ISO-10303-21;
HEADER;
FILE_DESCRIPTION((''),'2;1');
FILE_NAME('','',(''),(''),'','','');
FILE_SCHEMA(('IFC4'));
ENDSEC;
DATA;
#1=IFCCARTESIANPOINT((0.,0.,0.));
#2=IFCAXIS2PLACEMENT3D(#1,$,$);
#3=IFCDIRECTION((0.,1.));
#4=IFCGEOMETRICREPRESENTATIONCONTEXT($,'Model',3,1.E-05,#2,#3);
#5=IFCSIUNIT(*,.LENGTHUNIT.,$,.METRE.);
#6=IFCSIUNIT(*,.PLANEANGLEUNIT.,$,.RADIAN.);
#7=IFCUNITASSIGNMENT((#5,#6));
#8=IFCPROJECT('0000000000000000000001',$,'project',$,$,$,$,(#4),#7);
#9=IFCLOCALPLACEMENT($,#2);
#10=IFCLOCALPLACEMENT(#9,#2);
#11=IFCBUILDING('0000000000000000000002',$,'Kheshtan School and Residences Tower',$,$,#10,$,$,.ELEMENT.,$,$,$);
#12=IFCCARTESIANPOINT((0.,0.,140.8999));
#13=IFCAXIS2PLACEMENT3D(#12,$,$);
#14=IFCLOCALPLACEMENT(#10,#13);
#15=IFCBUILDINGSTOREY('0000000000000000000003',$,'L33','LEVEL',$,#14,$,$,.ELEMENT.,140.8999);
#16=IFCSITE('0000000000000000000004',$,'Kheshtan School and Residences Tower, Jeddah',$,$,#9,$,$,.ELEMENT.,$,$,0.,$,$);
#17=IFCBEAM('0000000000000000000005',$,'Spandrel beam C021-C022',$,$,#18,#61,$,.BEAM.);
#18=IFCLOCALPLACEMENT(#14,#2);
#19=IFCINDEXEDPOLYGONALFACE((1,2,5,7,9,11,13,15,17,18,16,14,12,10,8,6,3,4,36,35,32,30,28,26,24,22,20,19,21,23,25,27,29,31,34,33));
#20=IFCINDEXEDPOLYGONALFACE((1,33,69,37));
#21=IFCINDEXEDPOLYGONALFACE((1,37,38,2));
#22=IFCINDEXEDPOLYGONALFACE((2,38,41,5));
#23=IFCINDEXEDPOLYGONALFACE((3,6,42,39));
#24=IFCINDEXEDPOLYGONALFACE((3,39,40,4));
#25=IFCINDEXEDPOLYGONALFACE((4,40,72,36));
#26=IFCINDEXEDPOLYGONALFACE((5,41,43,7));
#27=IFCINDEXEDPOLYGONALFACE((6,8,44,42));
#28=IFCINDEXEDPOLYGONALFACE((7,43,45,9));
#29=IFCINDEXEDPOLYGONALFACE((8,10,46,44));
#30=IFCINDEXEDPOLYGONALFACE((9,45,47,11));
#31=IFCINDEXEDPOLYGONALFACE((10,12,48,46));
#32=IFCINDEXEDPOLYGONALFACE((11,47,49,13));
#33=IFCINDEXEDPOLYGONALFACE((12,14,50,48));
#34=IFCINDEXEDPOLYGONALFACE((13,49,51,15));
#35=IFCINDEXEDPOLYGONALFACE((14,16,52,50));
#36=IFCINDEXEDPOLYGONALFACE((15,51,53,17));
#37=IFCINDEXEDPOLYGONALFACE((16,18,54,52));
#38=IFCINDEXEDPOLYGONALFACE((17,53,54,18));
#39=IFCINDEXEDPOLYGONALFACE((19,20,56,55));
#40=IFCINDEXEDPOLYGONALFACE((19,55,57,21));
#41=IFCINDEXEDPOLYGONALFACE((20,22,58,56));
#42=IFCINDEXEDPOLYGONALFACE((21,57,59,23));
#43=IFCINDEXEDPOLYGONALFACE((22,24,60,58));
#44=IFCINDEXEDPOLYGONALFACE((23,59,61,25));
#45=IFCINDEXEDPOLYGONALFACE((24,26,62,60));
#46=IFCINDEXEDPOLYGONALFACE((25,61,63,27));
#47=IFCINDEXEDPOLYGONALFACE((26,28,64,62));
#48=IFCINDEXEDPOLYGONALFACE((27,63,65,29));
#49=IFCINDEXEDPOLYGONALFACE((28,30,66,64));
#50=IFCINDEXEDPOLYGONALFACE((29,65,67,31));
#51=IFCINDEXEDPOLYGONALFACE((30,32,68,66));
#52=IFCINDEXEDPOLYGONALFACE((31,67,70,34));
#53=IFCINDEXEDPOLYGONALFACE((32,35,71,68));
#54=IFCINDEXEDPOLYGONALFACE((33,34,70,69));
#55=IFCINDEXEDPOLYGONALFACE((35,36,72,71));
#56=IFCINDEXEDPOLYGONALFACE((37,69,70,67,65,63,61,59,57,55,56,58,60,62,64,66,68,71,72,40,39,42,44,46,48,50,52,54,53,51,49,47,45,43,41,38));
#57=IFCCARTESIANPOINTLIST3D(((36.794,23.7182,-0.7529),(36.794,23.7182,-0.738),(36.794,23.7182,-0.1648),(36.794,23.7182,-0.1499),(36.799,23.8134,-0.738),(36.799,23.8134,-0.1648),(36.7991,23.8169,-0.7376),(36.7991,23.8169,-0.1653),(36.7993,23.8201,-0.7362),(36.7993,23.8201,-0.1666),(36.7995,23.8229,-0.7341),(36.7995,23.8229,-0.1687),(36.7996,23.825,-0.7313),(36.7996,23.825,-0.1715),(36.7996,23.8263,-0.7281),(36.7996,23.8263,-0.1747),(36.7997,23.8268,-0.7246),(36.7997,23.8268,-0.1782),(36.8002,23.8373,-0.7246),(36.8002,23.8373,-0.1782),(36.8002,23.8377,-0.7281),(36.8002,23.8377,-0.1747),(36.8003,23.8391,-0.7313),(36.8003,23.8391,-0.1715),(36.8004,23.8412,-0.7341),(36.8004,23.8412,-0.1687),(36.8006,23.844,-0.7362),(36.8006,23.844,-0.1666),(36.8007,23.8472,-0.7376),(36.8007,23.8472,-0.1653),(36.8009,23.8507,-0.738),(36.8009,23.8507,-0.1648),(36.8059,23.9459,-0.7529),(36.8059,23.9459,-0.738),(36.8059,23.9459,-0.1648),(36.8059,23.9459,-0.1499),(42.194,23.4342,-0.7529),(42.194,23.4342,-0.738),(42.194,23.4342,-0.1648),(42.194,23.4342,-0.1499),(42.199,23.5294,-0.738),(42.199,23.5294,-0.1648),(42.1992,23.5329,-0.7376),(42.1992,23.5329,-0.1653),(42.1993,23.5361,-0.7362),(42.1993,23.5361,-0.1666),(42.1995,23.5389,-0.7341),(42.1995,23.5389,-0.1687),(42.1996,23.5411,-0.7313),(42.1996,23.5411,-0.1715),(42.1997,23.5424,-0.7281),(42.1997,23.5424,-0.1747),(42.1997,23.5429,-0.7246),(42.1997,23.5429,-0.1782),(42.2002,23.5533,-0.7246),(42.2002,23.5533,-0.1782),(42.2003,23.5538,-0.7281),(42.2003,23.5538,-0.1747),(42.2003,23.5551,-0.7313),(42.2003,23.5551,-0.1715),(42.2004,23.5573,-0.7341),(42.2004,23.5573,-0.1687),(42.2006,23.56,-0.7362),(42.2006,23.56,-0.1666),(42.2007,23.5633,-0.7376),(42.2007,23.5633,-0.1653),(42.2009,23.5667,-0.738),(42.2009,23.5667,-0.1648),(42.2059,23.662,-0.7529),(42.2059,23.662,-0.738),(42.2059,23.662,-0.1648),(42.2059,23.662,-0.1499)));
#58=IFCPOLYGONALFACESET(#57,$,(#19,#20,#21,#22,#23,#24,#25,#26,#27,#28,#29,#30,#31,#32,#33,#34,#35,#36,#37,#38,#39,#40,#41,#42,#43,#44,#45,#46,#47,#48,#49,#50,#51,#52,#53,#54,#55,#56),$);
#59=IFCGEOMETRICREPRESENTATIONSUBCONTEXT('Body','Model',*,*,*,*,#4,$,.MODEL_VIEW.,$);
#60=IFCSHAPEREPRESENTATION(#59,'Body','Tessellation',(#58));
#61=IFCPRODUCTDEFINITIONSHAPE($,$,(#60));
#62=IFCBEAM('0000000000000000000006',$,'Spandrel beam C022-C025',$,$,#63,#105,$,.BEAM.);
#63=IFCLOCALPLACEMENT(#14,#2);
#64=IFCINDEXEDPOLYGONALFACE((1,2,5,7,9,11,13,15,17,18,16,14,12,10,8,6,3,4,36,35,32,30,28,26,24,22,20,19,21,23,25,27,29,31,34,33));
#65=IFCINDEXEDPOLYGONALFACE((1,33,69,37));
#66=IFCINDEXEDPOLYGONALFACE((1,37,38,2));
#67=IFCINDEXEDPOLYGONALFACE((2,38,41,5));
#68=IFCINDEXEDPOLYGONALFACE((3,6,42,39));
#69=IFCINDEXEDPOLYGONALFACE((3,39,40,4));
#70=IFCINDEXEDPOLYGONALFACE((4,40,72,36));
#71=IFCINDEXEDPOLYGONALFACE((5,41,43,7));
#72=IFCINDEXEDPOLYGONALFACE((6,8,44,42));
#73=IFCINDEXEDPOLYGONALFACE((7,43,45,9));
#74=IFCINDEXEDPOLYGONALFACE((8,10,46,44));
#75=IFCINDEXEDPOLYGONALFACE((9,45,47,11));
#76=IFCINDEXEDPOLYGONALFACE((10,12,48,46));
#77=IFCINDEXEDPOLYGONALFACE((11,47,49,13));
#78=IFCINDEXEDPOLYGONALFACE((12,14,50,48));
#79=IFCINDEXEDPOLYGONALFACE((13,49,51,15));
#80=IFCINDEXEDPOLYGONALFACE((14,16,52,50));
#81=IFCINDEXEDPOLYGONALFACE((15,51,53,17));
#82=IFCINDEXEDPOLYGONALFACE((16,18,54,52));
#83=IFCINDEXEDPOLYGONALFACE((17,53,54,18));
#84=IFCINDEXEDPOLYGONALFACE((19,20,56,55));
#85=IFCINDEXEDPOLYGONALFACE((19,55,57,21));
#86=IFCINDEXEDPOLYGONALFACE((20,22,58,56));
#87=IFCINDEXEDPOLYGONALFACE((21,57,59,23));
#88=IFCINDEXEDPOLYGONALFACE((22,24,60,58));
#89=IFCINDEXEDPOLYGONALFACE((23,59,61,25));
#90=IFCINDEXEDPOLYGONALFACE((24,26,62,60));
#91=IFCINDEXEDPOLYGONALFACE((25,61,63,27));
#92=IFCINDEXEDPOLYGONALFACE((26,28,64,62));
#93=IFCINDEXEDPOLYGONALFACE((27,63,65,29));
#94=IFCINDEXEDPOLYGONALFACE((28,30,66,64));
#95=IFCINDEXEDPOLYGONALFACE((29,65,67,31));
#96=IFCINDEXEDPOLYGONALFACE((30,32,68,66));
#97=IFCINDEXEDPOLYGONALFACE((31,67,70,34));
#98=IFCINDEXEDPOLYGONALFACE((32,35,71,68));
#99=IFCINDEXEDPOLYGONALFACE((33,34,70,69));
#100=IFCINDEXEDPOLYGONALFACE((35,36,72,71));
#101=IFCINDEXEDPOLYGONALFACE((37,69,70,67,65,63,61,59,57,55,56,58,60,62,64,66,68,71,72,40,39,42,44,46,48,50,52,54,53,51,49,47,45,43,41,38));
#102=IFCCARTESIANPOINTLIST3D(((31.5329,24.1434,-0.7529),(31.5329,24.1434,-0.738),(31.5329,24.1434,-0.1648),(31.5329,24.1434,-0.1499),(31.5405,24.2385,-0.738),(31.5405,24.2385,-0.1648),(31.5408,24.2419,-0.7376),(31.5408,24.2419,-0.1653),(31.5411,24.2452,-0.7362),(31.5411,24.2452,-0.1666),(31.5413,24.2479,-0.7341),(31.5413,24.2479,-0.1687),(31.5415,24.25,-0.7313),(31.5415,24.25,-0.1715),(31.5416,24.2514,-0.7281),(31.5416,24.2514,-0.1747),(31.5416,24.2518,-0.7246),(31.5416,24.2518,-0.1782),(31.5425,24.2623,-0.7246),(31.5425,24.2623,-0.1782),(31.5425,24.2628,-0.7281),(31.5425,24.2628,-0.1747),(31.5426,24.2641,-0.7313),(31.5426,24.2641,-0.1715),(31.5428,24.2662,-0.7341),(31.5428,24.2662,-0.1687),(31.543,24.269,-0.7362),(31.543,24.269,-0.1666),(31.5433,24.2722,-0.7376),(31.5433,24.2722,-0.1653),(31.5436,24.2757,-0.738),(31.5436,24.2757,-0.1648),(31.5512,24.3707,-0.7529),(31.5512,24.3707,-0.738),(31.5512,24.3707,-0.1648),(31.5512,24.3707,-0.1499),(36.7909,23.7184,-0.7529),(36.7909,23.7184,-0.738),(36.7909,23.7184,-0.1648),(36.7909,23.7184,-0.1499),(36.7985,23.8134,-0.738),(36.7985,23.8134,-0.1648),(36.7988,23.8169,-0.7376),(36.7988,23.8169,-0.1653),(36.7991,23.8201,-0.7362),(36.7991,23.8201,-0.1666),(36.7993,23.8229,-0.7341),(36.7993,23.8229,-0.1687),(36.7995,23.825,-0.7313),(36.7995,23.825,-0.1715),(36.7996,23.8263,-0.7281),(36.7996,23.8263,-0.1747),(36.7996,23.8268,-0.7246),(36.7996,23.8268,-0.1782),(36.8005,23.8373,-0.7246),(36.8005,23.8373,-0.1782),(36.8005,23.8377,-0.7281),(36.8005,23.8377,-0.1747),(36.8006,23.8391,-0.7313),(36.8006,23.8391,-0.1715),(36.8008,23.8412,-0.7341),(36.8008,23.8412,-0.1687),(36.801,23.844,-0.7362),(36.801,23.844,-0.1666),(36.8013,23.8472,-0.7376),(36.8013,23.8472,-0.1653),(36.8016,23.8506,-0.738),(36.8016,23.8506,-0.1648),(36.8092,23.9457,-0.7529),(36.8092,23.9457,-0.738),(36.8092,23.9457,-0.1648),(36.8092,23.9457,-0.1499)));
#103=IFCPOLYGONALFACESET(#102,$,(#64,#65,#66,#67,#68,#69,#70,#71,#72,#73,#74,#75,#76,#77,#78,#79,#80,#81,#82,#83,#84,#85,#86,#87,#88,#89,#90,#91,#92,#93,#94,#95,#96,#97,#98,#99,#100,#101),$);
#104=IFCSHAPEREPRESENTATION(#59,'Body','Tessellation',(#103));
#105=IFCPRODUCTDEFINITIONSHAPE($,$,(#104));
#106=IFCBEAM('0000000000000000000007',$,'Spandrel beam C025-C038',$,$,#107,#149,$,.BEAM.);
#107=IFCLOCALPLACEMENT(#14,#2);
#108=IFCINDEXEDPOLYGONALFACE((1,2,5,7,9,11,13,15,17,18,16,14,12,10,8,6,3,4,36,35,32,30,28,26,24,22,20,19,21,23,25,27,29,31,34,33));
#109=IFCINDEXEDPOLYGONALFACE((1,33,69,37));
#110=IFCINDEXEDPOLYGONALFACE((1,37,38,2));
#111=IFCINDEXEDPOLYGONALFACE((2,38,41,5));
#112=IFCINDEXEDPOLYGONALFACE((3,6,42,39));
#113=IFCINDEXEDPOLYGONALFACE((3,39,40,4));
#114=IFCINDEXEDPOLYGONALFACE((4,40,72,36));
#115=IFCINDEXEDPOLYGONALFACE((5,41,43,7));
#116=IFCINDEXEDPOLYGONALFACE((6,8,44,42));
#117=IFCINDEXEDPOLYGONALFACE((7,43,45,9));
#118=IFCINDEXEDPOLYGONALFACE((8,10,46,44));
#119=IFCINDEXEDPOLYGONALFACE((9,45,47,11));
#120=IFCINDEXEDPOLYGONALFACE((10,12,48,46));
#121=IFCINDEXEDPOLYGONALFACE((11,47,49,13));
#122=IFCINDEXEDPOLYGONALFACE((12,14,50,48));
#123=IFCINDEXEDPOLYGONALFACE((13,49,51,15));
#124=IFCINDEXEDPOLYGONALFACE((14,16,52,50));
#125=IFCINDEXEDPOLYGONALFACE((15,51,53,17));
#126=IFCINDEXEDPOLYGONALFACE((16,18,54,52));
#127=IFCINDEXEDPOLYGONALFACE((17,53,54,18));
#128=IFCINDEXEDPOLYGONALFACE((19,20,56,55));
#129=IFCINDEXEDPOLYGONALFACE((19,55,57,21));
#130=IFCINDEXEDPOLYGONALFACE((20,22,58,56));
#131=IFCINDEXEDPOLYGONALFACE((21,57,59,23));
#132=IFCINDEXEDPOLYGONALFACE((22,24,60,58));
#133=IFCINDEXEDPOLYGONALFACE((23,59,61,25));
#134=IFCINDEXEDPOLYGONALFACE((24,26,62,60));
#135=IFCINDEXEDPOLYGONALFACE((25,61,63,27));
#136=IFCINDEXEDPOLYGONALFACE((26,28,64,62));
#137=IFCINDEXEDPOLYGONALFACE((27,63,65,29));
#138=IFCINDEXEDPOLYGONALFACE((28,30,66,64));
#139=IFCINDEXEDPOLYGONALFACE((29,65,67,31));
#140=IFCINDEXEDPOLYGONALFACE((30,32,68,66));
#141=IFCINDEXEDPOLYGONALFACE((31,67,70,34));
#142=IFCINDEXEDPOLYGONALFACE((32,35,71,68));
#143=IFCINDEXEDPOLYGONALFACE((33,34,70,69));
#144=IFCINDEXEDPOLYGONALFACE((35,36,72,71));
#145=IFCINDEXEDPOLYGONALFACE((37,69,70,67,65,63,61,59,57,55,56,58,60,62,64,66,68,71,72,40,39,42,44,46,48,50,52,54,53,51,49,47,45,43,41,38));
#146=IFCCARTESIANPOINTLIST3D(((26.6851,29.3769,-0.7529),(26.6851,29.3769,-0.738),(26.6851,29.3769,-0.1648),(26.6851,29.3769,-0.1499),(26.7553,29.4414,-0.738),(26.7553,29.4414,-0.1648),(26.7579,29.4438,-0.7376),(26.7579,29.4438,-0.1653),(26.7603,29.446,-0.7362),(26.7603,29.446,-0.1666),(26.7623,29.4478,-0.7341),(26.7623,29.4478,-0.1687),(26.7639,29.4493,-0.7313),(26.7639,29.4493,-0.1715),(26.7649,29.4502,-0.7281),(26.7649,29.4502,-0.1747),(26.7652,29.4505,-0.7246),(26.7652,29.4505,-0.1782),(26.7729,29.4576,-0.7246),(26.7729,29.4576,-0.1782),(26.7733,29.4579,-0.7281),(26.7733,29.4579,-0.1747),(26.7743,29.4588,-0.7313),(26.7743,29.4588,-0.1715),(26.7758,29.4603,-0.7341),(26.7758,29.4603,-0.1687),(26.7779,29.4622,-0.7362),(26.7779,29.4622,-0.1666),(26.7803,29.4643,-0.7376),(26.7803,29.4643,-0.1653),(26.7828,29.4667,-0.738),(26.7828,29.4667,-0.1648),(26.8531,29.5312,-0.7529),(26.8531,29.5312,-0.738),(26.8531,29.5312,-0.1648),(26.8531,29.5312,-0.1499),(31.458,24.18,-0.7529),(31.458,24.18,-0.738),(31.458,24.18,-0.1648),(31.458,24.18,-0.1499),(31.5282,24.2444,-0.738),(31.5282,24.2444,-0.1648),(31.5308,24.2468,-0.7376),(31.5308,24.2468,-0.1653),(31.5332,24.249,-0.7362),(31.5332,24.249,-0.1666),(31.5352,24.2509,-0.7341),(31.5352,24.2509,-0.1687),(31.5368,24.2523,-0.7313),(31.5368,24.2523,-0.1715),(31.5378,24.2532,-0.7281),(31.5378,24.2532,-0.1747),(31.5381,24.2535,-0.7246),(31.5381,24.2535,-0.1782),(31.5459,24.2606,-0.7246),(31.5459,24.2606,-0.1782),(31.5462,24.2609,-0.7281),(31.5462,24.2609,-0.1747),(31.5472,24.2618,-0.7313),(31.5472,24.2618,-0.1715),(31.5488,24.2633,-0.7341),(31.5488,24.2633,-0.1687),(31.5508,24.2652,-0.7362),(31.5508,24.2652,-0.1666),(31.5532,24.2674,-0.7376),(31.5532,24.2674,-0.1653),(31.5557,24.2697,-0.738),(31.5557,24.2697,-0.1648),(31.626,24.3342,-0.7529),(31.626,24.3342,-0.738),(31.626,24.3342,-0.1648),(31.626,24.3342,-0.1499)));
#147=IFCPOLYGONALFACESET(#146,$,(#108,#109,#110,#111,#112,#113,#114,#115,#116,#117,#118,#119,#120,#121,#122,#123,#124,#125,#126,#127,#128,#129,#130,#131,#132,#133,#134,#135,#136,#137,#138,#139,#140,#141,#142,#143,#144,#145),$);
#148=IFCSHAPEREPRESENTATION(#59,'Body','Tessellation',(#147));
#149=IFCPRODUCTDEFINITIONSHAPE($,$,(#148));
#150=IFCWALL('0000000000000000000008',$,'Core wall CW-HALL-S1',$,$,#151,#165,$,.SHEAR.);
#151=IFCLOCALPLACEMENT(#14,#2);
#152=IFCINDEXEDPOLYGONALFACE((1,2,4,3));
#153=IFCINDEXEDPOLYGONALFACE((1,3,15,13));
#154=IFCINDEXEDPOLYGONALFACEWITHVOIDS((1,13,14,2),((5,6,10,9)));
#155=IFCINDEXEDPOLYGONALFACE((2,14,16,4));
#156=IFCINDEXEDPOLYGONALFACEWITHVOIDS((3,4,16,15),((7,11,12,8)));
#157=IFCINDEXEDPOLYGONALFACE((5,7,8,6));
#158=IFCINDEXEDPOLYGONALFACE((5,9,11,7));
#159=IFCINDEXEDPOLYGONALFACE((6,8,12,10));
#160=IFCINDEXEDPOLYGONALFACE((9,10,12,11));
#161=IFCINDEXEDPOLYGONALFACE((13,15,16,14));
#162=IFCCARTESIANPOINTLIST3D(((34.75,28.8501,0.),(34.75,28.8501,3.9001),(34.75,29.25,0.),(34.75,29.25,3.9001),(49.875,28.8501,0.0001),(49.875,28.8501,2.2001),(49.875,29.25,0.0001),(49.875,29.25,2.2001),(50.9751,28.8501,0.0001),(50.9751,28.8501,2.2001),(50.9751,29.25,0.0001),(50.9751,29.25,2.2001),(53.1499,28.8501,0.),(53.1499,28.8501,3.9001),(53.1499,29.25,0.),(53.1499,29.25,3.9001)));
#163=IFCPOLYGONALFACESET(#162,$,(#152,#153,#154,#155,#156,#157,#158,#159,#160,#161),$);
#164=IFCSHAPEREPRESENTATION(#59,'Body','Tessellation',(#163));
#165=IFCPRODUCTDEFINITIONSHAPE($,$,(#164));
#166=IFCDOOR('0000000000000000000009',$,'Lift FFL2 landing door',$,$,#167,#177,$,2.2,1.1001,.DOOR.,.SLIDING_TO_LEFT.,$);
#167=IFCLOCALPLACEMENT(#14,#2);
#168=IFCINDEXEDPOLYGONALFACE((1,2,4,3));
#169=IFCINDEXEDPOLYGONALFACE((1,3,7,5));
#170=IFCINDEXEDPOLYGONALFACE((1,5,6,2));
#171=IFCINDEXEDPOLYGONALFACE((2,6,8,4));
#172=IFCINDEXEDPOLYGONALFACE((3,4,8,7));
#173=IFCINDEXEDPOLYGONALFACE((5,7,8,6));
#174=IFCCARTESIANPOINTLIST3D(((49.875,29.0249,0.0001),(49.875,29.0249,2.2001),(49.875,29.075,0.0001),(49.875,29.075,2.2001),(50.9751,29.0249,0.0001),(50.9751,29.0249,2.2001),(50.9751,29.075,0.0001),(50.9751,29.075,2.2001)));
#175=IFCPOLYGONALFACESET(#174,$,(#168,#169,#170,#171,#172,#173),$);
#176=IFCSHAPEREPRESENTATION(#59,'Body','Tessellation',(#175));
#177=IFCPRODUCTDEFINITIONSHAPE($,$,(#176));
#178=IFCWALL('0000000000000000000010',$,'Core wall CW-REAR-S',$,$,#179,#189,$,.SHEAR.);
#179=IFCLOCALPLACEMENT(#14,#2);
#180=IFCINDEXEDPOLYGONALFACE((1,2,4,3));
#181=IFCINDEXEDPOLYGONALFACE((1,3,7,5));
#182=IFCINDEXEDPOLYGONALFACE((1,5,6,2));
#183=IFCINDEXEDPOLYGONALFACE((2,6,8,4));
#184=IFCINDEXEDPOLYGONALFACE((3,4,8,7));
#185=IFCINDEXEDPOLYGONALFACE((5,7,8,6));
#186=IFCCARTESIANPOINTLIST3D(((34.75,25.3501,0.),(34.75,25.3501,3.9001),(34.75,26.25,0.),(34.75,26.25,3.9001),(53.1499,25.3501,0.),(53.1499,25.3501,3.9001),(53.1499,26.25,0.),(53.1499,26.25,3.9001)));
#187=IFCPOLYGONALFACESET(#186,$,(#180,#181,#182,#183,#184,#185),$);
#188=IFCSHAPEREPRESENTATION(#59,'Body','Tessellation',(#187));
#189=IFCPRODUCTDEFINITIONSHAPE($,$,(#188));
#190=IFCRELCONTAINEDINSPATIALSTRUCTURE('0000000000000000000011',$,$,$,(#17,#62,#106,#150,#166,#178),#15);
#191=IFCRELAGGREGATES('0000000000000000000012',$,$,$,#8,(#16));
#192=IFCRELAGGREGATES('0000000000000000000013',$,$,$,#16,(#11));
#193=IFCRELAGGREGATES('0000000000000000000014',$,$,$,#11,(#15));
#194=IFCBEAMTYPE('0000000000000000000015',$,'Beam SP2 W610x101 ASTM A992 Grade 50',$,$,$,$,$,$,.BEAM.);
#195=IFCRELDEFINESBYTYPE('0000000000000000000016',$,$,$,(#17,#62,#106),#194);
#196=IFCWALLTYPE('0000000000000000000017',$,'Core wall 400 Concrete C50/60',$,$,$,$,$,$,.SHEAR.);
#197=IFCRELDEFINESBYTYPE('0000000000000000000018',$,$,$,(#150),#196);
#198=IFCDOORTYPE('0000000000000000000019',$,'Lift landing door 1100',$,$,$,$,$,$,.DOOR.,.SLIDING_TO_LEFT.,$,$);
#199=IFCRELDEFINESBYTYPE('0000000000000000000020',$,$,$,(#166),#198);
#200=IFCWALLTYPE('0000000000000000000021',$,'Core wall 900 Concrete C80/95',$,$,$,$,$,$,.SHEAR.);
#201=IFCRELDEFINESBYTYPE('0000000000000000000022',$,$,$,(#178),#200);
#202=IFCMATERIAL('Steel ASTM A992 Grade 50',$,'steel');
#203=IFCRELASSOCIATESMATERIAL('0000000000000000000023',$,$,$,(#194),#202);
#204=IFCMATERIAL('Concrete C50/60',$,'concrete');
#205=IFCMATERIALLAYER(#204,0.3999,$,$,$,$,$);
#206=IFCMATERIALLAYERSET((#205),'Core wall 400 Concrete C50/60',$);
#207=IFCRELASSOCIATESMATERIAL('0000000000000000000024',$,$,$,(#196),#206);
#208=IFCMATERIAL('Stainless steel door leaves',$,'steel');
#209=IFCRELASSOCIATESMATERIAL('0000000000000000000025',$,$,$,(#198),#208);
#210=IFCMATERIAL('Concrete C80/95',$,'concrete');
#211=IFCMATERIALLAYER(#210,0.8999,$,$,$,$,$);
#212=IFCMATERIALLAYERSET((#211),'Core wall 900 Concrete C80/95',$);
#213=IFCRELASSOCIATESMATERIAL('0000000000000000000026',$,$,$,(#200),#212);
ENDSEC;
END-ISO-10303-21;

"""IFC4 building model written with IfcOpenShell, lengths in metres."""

from ifc_helpers import new_model, si_unit, direction, frame, frame_2d, origin, origin_2d, place, context, subcontext, project, spatial, rectangle, i_section, extrude, source, transform, mapped, material, layer, layer_set, material_profile, profile_set, type_object, element, fill, save


model = new_model("IFC4")

# Units and contexts
model_context = context("Model", 3, precision=1e-05, world=origin(), true_north=direction((0.0, 1.0)))
body_context = subcontext(model_context, "Body", "Model", "MODEL_VIEW")
ifc_project = project(units=[si_unit("LENGTHUNIT", "METRE"), si_unit("PLANEANGLEUNIT", "RADIAN")], contexts=[model_context])

# Site, building, storey
site_placement = place(None, origin())
site = spatial("IfcSite", under=ifc_project, at=site_placement, Name="Kheshtan School and Residences Tower, Jeddah", CompositionType="ELEMENT", RefElevation=0.0)
building_placement = place(site_placement, origin())
building = spatial("IfcBuilding", under=site, at=building_placement, Name="Kheshtan School and Residences Tower", CompositionType="ELEMENT")
storey_placement = place(building_placement, frame((0.0, 0.0, 140.8999)))
storey = spatial("IfcBuildingStorey", under=building, at=storey_placement, Name="L33", Description="LEVEL", CompositionType="ELEMENT", Elevation=140.8999)

# Shared definitions
ifc_material_1 = material(Name="Steel ASTM A992 Grade 50", Category="steel")

# Beams
ifc_material_profile_1 = material_profile(ifc_material_1, i_section(OverallWidth=0.228, OverallDepth=0.603, WebThickness=0.0105, FlangeThickness=0.0149, FilletRadius=0.0134, at=origin_2d()), Name="W610x101")
ifc_profile_set_1 = profile_set([ifc_material_profile_1], Name="Steel ASTM A992 Grade 50")
beam_type_1 = type_object("IfcBeamType", Name="Beam SP2 W610x101 ASTM A992 Grade 50", PredefinedType="BEAM", material=ifc_profile_set_1)
beam_1_placement = place(storey_placement, frame((42.2, 23.5481, -0.4514), z_axis=(-0.99862, 0.052509, 0.0), x_axis=(-0.052509, -0.99862, 0.0)))
element("IfcBeam", 1, at=beam_1_placement, inside=storey, type_object=beam_type_1, Name="Spandrel beam C021-C022", PredefinedType="BEAM", context=body_context, shape_type="SweptSolid", body=[
    extrude(i_section(OverallWidth=0.228, OverallDepth=0.603, WebThickness=0.0105, FlangeThickness=0.0149, FilletRadius=0.0134, at=origin_2d()), origin(), (0.0, 0.0, 1.0), 5.4075),
])
beam_2_placement = place(storey_placement, frame((36.8, 23.832, -0.4514), z_axis=(-0.996749, 0.080575, 0.0), x_axis=(-0.080575, -0.996749, 0.0)))
element("IfcBeam", 2, at=beam_2_placement, inside=storey, type_object=beam_type_1, Name="Spandrel beam C022-C025", PredefinedType="BEAM", context=body_context, shape_type="SweptSolid", body=[
    extrude(i_section(OverallWidth=0.228, OverallDepth=0.603, WebThickness=0.0105, FlangeThickness=0.0149, FilletRadius=0.0134, at=origin_2d()), origin(), (0.0, 0.0, 1.0), 5.2751),
])
beam_3_placement = place(storey_placement, frame((31.542, 24.2571, -0.4514), z_axis=(-0.676418, 0.736518, 0.0), x_axis=(-0.736518, -0.676418, 0.0)))
element("IfcBeam", 3, at=beam_3_placement, inside=storey, type_object=beam_type_1, Name="Spandrel beam C025-C038", PredefinedType="BEAM", context=body_context, shape_type="SweptSolid", body=[
    extrude(i_section(OverallWidth=0.228, OverallDepth=0.603, WebThickness=0.0105, FlangeThickness=0.0149, FilletRadius=0.0134, at=origin_2d()), origin(), (0.0, 0.0, 1.0), 7.0562),
])

# Wall, opening, door
ifc_material_2 = material(Name="Concrete C50/60", Category="concrete")
ifc_layer_1 = layer(ifc_material_2, 0.3999)
ifc_layer_set_1 = layer_set([ifc_layer_1], Name="Core wall 400 Concrete C50/60")
wall_type_1 = type_object("IfcWallType", Name="Core wall 400 Concrete C50/60", PredefinedType="SHEAR", material=ifc_layer_set_1)
wall_1_placement = place(storey_placement, frame((34.75, 29.05, 0.0), z_axis=(0.0, 0.0, 1.0), x_axis=(1.0, 0.0, 0.0)))
wall_1 = element("IfcWall", 4, at=wall_1_placement, inside=storey, type_object=wall_type_1, Name="Core wall CW-HALL-S1", PredefinedType="SHEAR", context=body_context, shape_type="SweptSolid", body=[
    extrude(rectangle(XDim=18.3999, YDim=0.3999, at=frame_2d((9.2, 0.0))), origin(), (0.0, 0.0, 1.0), 3.9001),
])
opening_placement = place(wall_1_placement, frame((15.125, 0.0, 0.0)))
opening = element("IfcOpeningElement", 5, at=opening_placement, cuts=wall_1, PredefinedType="OPENING", context=body_context, shape_type="SweptSolid", body=[
    extrude(rectangle(XDim=1.1001, YDim=2.2, at=frame_2d((0.55, 1.1001))), frame((0.0, 0.21, 0.0), z_axis=(0.0, -1.0, 0.0), x_axis=(1.0, 0.0, 0.0)), (0.0, 0.0, 1.0), 0.4199),
])
ifc_material_3 = material(Name="Stainless steel door leaves", Category="steel")
door_type = type_object("IfcDoorType", Name="Lift landing door 1100", OperationType="SLIDING_TO_LEFT", PredefinedType="DOOR", material=ifc_material_3)
shared_shape = source(origin(), body_context, "Body", "SweptSolid", [
    extrude(rectangle(XDim=1.1001, YDim=2.2, at=frame_2d((0.55, 1.1001))), frame((0.0, 0.0249, 0.0), z_axis=(0.0, -1.0, 0.0), x_axis=(1.0, 0.0, 0.0)), (0.0, 0.0, 1.0), 0.05),
])
door_placement = place(opening_placement, origin())
door = element("IfcDoor", 6, at=door_placement, inside=storey, type_object=door_type, Name="Lift FFL2 landing door", OperationType="SLIDING_TO_LEFT", OverallHeight=2.2, OverallWidth=1.1001, PredefinedType="DOOR", context=body_context, shape_type="MappedRepresentation", body=[
    mapped(shared_shape, transform((0.0, 0.0, 0.0), x_axis=(1.0, 0.0, 0.0), y_axis=(0.0, 1.0, 0.0), z_axis=(0.0, 0.0, 1.0), scale=1.0)),
])
fill(opening, door)

# Wall
ifc_material_4 = material(Name="Concrete C80/95", Category="concrete")
ifc_layer_2 = layer(ifc_material_4, 0.8999)
ifc_layer_set_2 = layer_set([ifc_layer_2], Name="Core wall 900 Concrete C80/95")
wall_type_2 = type_object("IfcWallType", Name="Core wall 900 Concrete C80/95", PredefinedType="SHEAR", material=ifc_layer_set_2)
wall_2_placement = place(storey_placement, frame((34.75, 25.8, 0.0), z_axis=(0.0, 0.0, 1.0), x_axis=(1.0, 0.0, 0.0)))
element("IfcWall", 7, at=wall_2_placement, inside=storey, type_object=wall_type_2, Name="Core wall CW-REAR-S", PredefinedType="SHEAR", context=body_context, shape_type="SweptSolid", body=[
    extrude(rectangle(XDim=18.3999, YDim=0.8999, at=frame_2d((9.2, 0.0))), origin(), (0.0, 0.0, 1.0), 3.9001),
])

save(model, "model.ifc")
